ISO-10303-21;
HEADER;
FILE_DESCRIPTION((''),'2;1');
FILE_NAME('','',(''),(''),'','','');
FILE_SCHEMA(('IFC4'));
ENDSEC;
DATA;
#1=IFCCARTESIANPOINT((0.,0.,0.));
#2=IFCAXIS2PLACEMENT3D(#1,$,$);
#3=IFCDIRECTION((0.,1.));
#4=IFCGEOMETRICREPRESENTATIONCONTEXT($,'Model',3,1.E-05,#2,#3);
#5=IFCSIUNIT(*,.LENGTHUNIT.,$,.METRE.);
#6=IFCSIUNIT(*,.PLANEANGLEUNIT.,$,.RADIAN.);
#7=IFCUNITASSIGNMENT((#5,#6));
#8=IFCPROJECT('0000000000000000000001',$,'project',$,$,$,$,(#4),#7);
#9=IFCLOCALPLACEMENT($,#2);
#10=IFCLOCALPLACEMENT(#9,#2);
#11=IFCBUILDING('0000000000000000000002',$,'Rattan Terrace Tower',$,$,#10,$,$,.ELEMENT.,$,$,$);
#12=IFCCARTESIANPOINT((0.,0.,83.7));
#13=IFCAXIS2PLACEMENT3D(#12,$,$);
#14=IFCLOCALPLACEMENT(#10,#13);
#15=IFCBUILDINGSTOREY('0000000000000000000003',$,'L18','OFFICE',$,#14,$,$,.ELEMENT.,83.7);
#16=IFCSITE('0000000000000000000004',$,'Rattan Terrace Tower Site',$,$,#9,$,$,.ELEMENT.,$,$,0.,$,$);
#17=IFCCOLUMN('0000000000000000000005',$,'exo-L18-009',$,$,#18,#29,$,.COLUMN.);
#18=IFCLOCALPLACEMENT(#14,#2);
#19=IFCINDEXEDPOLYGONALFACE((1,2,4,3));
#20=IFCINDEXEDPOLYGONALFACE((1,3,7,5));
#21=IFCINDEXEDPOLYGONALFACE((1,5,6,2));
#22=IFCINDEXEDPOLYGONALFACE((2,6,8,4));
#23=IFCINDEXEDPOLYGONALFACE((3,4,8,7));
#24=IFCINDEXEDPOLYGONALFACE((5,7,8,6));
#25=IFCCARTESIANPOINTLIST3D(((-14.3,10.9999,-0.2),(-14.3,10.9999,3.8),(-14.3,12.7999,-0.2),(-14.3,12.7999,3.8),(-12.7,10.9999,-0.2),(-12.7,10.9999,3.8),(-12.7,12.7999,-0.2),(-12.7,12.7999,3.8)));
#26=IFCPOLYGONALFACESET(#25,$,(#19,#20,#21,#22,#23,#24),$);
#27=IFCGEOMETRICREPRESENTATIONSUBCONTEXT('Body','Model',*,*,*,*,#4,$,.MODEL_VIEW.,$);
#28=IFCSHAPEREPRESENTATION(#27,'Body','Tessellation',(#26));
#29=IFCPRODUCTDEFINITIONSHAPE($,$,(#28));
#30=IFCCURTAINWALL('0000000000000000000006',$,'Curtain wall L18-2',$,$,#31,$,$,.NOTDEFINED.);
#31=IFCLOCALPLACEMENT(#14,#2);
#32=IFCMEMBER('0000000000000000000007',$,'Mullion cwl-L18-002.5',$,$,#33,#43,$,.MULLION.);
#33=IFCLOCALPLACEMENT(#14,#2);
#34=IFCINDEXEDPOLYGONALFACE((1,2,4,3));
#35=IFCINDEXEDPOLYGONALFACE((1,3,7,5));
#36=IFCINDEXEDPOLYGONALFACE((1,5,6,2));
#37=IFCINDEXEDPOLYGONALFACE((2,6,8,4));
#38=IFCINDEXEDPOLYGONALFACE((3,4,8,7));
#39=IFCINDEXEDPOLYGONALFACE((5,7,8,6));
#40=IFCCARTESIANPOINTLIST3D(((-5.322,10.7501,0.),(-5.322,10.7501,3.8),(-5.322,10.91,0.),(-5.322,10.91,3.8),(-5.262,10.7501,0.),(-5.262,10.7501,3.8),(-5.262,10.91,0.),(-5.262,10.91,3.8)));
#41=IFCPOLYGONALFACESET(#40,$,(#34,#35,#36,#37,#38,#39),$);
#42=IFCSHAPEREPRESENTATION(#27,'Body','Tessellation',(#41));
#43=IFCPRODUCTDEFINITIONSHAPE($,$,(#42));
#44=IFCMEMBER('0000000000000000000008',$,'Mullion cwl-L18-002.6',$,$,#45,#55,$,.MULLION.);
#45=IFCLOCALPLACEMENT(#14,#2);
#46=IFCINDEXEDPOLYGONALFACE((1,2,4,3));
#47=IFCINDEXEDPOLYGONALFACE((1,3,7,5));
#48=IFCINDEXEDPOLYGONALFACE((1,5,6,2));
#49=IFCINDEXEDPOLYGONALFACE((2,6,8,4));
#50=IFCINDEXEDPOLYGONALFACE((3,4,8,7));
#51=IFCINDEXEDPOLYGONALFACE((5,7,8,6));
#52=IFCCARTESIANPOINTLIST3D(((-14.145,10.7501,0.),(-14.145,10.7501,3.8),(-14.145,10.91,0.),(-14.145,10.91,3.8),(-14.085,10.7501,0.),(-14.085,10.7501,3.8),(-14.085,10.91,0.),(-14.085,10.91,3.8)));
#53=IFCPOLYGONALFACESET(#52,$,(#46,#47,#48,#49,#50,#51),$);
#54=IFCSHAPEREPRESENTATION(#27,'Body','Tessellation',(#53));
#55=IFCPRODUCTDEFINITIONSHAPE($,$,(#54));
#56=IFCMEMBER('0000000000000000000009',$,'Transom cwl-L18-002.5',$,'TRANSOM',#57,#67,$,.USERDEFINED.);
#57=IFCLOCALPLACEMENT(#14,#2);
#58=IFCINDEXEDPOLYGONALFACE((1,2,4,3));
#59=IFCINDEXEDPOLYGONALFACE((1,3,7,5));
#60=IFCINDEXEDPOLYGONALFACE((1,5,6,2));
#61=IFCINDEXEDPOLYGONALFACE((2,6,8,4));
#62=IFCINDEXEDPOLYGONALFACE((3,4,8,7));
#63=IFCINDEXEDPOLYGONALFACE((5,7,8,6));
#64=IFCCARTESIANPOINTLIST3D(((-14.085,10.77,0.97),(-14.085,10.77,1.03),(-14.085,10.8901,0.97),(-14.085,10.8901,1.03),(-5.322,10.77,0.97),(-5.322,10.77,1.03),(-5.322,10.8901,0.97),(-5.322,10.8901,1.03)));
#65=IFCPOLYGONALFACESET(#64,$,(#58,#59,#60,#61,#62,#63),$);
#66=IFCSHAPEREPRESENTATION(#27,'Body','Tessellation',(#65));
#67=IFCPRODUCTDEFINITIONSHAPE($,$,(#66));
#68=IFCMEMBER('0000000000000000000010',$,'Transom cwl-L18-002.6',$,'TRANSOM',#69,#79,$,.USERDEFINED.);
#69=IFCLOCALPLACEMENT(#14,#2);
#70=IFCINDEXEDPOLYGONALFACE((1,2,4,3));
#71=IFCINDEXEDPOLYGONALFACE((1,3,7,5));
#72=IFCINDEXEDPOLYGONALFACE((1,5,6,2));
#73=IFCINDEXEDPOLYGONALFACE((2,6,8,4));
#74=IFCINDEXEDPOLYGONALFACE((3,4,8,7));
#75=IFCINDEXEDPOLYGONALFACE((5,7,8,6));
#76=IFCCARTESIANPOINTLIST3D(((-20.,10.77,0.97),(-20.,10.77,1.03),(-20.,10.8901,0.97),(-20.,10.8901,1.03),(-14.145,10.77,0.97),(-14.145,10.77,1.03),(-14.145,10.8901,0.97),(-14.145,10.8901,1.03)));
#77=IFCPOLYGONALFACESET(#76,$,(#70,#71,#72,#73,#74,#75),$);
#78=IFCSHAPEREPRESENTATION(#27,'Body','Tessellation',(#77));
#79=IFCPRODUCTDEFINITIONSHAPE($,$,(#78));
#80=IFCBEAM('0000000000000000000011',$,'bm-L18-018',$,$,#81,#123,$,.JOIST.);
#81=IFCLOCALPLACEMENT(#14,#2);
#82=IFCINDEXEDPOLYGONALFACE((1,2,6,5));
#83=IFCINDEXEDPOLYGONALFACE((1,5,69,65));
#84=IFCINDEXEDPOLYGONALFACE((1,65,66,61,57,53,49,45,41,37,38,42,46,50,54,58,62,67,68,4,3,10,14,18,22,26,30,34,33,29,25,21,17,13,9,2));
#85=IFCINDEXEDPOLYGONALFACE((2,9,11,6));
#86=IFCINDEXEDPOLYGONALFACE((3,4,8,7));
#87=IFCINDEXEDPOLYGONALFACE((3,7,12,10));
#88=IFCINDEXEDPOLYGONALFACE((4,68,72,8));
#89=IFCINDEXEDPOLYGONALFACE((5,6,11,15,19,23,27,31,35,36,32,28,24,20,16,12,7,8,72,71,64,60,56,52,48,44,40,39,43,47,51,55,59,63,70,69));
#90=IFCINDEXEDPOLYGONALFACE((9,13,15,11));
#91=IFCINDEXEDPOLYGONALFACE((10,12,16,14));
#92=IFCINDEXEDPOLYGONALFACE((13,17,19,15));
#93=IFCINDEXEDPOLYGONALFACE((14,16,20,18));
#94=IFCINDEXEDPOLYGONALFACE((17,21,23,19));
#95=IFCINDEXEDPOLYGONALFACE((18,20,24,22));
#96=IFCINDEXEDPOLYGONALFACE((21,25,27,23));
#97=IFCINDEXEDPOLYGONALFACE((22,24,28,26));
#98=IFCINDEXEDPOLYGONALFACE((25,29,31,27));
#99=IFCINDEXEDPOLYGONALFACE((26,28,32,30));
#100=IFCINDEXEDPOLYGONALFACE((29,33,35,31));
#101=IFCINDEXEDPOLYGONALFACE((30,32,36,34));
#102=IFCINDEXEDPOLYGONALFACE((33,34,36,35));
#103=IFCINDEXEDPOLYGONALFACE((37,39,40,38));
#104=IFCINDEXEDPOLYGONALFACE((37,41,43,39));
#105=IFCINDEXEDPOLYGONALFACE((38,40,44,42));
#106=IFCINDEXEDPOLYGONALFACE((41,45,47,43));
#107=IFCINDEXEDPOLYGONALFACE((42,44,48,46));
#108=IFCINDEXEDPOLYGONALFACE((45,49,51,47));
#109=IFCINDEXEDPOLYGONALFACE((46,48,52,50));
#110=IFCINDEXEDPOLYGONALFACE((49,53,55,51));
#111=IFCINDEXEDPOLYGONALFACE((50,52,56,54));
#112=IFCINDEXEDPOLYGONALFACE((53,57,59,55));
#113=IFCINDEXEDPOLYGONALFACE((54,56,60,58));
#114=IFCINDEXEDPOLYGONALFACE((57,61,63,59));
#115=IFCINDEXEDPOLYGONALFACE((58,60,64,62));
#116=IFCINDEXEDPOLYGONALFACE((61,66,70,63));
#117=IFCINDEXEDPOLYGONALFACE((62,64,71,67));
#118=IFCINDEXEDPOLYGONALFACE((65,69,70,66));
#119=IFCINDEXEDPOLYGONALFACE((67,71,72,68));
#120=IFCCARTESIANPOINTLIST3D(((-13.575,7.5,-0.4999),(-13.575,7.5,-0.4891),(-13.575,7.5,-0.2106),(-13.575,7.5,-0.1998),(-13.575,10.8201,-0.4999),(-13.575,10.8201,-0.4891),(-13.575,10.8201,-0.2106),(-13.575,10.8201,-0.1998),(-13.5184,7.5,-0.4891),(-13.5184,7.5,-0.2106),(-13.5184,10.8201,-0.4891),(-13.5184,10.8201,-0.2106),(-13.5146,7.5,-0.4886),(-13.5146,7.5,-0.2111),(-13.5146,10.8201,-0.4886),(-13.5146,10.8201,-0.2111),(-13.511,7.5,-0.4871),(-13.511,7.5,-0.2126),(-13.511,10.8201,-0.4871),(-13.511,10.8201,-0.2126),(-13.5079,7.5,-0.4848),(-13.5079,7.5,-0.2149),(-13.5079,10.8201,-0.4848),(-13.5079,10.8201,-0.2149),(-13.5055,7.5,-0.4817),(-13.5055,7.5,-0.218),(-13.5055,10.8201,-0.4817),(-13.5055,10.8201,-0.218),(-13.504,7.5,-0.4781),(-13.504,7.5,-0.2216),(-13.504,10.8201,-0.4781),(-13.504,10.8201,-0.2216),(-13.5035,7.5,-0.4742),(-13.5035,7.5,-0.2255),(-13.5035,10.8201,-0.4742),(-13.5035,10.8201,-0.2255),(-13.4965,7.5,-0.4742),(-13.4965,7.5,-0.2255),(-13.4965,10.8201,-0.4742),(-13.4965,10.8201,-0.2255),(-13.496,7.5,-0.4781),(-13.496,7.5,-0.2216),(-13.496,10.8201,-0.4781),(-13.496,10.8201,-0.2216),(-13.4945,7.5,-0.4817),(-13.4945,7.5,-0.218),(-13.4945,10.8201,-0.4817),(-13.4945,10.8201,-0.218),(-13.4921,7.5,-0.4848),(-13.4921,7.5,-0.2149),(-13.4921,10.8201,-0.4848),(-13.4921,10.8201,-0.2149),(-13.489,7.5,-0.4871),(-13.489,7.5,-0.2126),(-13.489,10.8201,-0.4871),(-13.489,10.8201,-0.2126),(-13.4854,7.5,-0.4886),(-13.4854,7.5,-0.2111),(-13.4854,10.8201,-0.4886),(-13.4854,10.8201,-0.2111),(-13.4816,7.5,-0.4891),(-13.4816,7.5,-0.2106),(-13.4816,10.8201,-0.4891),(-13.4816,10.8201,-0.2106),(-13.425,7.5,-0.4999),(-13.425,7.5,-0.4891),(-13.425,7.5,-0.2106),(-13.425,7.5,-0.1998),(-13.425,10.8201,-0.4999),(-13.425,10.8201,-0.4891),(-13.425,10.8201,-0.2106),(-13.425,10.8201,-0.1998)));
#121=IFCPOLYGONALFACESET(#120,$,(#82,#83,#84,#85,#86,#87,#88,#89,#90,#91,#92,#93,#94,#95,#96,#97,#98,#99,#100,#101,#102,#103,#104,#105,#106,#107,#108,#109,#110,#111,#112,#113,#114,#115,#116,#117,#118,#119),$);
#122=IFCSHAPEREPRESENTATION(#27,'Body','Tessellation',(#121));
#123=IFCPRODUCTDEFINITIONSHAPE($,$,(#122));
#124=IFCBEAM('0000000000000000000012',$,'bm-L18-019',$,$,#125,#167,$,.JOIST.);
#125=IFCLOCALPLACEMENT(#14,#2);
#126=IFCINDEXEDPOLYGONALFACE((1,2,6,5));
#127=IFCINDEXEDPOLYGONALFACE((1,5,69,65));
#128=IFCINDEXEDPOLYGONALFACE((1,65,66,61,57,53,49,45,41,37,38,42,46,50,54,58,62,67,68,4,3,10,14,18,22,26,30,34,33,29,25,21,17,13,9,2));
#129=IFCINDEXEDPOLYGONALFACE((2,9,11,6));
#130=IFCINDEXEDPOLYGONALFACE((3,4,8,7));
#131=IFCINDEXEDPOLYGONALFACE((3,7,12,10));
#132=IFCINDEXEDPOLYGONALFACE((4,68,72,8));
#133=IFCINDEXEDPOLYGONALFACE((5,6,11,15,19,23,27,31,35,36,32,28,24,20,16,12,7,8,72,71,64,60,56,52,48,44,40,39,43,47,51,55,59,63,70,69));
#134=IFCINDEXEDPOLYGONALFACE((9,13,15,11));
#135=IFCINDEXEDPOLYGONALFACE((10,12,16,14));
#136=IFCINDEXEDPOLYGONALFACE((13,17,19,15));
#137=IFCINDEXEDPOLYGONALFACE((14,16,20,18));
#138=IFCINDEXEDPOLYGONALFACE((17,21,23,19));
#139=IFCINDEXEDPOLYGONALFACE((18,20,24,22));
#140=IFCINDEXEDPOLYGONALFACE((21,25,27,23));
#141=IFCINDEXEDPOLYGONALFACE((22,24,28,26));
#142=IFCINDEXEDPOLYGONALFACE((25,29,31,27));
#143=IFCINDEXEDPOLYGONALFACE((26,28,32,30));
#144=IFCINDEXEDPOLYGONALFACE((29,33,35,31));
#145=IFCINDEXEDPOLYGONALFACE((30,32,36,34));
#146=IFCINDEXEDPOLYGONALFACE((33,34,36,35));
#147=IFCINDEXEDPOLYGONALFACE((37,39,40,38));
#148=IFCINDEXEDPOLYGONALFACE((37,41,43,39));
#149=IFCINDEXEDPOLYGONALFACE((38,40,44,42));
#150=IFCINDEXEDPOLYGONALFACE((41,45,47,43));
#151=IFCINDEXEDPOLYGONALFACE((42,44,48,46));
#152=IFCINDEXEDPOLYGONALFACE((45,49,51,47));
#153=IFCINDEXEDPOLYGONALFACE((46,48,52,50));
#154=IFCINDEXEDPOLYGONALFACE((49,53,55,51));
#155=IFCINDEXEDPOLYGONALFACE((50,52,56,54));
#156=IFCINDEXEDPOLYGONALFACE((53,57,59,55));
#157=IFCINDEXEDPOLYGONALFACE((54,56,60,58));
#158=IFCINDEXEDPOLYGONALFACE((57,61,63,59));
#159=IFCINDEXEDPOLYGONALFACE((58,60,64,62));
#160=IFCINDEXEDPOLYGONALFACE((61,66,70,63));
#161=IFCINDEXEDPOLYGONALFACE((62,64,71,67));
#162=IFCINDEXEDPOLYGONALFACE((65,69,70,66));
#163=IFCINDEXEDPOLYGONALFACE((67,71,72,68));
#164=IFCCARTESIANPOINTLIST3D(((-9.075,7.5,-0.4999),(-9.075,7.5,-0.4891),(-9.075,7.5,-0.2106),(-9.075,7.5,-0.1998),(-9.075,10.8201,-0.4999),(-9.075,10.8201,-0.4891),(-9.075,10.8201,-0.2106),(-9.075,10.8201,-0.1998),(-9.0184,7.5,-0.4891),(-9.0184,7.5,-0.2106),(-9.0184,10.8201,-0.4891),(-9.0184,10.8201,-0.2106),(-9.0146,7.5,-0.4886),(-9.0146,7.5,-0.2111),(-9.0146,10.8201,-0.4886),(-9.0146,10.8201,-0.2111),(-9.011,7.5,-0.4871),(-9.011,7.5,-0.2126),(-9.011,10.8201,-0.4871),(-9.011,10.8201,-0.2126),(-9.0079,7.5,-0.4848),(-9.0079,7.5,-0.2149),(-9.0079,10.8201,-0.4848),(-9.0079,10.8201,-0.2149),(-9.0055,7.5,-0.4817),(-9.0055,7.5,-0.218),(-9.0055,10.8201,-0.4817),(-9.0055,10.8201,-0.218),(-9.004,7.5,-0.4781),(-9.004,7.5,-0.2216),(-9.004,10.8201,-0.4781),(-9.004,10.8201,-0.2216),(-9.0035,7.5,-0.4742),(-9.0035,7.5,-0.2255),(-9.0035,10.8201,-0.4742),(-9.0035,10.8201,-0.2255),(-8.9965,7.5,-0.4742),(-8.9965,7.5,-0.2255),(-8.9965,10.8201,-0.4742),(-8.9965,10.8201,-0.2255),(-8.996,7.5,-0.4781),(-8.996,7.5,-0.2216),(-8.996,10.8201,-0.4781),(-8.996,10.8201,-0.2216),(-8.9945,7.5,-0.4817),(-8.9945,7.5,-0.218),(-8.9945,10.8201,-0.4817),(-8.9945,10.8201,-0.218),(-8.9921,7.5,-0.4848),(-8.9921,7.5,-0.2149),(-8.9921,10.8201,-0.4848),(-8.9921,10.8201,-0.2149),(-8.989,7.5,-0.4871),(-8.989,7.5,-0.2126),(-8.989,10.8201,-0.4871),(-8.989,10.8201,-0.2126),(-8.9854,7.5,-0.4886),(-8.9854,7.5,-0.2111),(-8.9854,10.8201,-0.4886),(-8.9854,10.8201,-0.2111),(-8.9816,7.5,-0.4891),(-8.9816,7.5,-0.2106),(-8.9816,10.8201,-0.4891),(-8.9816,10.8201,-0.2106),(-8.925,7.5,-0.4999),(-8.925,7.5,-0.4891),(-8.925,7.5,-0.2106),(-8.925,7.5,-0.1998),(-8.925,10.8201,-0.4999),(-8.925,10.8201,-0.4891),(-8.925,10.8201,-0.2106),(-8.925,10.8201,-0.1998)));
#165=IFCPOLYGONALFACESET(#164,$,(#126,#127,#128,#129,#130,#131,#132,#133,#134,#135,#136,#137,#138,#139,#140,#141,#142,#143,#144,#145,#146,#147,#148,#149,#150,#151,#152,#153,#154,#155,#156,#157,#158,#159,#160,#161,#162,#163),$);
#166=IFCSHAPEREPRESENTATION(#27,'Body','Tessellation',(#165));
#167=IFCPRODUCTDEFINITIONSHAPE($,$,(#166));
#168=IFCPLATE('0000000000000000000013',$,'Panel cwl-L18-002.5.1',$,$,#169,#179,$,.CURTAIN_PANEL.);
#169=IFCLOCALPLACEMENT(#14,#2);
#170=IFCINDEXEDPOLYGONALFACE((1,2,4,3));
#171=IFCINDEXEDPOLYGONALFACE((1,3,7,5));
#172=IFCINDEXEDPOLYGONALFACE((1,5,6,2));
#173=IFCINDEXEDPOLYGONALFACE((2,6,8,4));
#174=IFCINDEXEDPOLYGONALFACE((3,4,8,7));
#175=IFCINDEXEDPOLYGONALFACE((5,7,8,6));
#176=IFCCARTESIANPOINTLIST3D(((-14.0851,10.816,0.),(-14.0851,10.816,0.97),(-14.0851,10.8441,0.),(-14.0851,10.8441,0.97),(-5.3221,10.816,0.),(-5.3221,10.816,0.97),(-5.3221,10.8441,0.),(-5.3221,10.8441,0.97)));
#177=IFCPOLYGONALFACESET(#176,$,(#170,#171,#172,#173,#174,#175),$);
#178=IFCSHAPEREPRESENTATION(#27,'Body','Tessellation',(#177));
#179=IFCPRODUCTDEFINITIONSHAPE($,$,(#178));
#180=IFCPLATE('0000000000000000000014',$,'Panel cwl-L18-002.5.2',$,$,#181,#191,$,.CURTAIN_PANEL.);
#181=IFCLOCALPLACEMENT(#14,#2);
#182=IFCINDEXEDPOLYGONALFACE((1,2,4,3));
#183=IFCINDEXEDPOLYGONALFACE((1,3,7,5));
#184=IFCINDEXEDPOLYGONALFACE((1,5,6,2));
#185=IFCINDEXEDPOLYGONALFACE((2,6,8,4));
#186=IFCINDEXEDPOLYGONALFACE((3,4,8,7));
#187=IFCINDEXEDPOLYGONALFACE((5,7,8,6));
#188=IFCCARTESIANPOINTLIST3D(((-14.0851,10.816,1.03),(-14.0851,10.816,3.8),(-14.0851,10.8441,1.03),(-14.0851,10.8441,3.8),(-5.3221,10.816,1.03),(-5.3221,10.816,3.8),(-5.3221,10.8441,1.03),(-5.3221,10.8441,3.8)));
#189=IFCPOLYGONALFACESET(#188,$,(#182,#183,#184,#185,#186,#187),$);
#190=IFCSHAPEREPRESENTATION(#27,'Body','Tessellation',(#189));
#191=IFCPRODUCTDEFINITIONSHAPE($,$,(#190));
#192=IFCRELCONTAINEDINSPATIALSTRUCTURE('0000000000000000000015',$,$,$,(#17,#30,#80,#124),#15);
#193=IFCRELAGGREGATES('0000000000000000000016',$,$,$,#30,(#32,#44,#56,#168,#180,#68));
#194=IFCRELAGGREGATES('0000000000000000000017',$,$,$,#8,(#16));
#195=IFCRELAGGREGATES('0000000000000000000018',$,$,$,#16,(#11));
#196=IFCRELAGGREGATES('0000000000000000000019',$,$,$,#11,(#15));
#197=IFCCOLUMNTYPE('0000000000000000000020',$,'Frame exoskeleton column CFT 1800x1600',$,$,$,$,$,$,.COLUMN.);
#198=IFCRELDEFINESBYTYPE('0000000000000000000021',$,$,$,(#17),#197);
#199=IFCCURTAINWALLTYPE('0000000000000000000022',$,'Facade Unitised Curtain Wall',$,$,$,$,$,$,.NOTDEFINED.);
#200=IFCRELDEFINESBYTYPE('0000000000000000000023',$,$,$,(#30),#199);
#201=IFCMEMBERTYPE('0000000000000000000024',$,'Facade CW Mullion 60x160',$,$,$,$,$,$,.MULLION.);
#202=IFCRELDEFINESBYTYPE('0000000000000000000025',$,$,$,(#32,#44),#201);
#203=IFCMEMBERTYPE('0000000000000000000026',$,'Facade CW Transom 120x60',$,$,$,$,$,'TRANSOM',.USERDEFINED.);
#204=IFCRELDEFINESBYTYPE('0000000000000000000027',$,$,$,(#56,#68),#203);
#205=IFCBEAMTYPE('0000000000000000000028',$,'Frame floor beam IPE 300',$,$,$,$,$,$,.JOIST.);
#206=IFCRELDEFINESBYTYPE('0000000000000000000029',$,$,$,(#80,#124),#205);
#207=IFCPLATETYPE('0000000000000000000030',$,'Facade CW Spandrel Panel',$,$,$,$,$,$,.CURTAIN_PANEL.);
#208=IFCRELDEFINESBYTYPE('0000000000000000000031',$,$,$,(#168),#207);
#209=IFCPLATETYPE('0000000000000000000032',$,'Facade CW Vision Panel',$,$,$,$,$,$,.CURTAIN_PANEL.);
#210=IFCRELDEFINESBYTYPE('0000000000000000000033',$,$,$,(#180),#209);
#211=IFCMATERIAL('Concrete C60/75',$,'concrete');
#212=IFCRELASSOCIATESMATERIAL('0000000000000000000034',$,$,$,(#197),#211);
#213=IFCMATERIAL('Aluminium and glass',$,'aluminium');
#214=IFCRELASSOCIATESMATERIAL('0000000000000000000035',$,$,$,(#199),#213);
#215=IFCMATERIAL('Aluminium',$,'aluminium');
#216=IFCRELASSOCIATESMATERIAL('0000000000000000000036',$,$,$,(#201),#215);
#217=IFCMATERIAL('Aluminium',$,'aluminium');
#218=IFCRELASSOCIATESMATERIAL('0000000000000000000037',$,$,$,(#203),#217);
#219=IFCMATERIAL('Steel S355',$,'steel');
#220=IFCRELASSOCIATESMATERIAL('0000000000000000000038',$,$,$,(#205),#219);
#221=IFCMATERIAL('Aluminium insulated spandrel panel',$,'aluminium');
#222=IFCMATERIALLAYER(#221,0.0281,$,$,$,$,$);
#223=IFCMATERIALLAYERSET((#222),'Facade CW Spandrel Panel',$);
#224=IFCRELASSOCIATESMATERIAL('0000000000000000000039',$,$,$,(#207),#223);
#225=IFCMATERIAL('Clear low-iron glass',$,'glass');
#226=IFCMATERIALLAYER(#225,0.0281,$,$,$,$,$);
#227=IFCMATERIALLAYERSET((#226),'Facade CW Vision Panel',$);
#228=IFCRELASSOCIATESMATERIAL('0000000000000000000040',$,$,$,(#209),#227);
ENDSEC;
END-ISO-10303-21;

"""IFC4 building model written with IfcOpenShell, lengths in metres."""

from ifc_helpers import new_model, si_unit, direction, frame, origin, origin_2d, place, context, subcontext, project, spatial, rectangle, i_section, extrude, material, layer, layer_set, material_profile, profile_set, type_object, element, aggregate, save


model = new_model("IFC4")

# Units and contexts
model_context = context("Model", 3, precision=1e-05, world=origin(), true_north=direction((0.0, 1.0)))
body_context = subcontext(model_context, "Body", "Model", "MODEL_VIEW")
ifc_project = project(units=[si_unit("LENGTHUNIT", "METRE"), si_unit("PLANEANGLEUNIT", "RADIAN")], contexts=[model_context])

# Site, building, storey
site_placement = place(None, origin())
site = spatial("IfcSite", under=ifc_project, at=site_placement, Name="Rattan Terrace Tower Site", CompositionType="ELEMENT", RefElevation=0.0)
building_placement = place(site_placement, origin())
building = spatial("IfcBuilding", under=site, at=building_placement, Name="Rattan Terrace Tower", CompositionType="ELEMENT")
storey_placement = place(building_placement, frame((0.0, 0.0, 83.7)))
storey = spatial("IfcBuildingStorey", under=building, at=storey_placement, Name="L18", Description="OFFICE", CompositionType="ELEMENT", Elevation=83.7)

# Column
ifc_material_1 = material(Name="Concrete C60/75", Category="concrete")
ifc_material_profile_1 = material_profile(ifc_material_1, rectangle(XDim=1.6001, YDim=1.8, at=origin_2d()), Name="CFT 1800x1600")
ifc_profile_set_1 = profile_set([ifc_material_profile_1], Name="Concrete C60/75")
column_type = type_object("IfcColumnType", Name="Frame exoskeleton column CFT 1800x1600", PredefinedType="COLUMN", material=ifc_profile_set_1)
column_placement = place(storey_placement, frame((-13.5, 11.8999, -0.2), z_axis=(0.0, 0.0, 1.0), x_axis=(1.0, 0.0, 0.0)))
element("IfcColumn", 1, at=column_placement, inside=storey, type_object=column_type, Name="exo-L18-009", PredefinedType="COLUMN", context=body_context, shape_type="SweptSolid", body=[
    extrude(rectangle(XDim=1.6001, YDim=1.8, at=origin_2d()), origin(), (0.0, 0.0, 1.0), 4.0),
])

# Curtain wall, members
ifc_material_2 = material(Name="Aluminium and glass", Category="aluminium")
curtain_wall_type = type_object("IfcCurtainWallType", Name="Facade Unitised Curtain Wall", PredefinedType="NOTDEFINED", material=ifc_material_2)
curtain_wall_placement = place(storey_placement, origin())
curtain_wall = element("IfcCurtainWall", 2, at=curtain_wall_placement, inside=storey, type_object=curtain_wall_type, Name="Curtain wall L18-2", PredefinedType="NOTDEFINED")
ifc_material_3 = material(Name="Aluminium", Category="aluminium")
ifc_material_profile_2 = material_profile(ifc_material_3, rectangle(XDim=0.0601, YDim=0.1599, at=origin_2d()), Name="Aluminium 60x160")
ifc_profile_set_2 = profile_set([ifc_material_profile_2], Name="Aluminium")
member_type_1 = type_object("IfcMemberType", Name="Facade CW Mullion 60x160", PredefinedType="MULLION", material=ifc_profile_set_2)
member_1_placement = place(storey_placement, frame((-5.292, 10.8301, 0.0), z_axis=(0.0, 0.0, 1.0), x_axis=(-1.0, 0.0, 0.0)))
member_1 = element("IfcMember", 3, at=member_1_placement, type_object=member_type_1, Name="Mullion cwl-L18-002.5", PredefinedType="MULLION", context=body_context, shape_type="SweptSolid", body=[
    extrude(rectangle(XDim=0.0601, YDim=0.1599, at=origin_2d()), origin(), (0.0, 0.0, 1.0), 3.8),
])
member_2_placement = place(storey_placement, frame((-14.115, 10.8301, 0.0), z_axis=(0.0, 0.0, 1.0), x_axis=(-1.0, 0.0, 0.0)))
member_2 = element("IfcMember", 4, at=member_2_placement, type_object=member_type_1, Name="Mullion cwl-L18-002.6", PredefinedType="MULLION", context=body_context, shape_type="SweptSolid", body=[
    extrude(rectangle(XDim=0.0601, YDim=0.1599, at=origin_2d()), origin(), (0.0, 0.0, 1.0), 3.8),
])
ifc_material_4 = material(Name="Aluminium", Category="aluminium")
ifc_material_profile_3 = material_profile(ifc_material_4, rectangle(XDim=0.1201, YDim=0.0601, at=origin_2d()), Name="Aluminium 120x60")
ifc_profile_set_3 = profile_set([ifc_material_profile_3], Name="Aluminium")
member_type_2 = type_object("IfcMemberType", Name="Facade CW Transom 120x60", ElementType="TRANSOM", PredefinedType="USERDEFINED", material=ifc_profile_set_3)
member_3_placement = place(storey_placement, frame((-5.322, 10.8301, 1.0), z_axis=(-1.0, 0.0, 0.0), x_axis=(0.0, -1.0, 0.0)))
member_3 = element("IfcMember", 5, at=member_3_placement, type_object=member_type_2, Name="Transom cwl-L18-002.5", ObjectType="TRANSOM", PredefinedType="USERDEFINED", context=body_context, shape_type="SweptSolid", body=[
    extrude(rectangle(XDim=0.1201, YDim=0.0601, at=origin_2d()), origin(), (0.0, 0.0, 1.0), 8.7629),
])
member_4_placement = place(storey_placement, frame((-14.145, 10.8301, 1.0), z_axis=(-1.0, 0.0, 0.0), x_axis=(0.0, -1.0, 0.0)))
member_4 = element("IfcMember", 6, at=member_4_placement, type_object=member_type_2, Name="Transom cwl-L18-002.6", ObjectType="TRANSOM", PredefinedType="USERDEFINED", context=body_context, shape_type="SweptSolid", body=[
    extrude(rectangle(XDim=0.1201, YDim=0.0601, at=origin_2d()), origin(), (0.0, 0.0, 1.0), 5.855),
])

# Beams
ifc_material_5 = material(Name="Steel S355", Category="steel")
ifc_material_profile_4 = material_profile(ifc_material_5, i_section(OverallWidth=0.1499, OverallDepth=0.3, WebThickness=0.0071, FlangeThickness=0.0107, FilletRadius=0.0149, at=origin_2d()), Name="IPE 300")
ifc_profile_set_4 = profile_set([ifc_material_profile_4], Name="Steel S355")
beam_type = type_object("IfcBeamType", Name="Frame floor beam IPE 300", PredefinedType="JOIST", material=ifc_profile_set_4)
for number, where, z_axis, x_axis, name in (
    (7, (-13.5, 7.5, -0.3499), (0.0, 1.0, 0.0), (-1.0, 0.0, 0.0), "bm-L18-018"),
    (8, (-9.0, 7.5, -0.3499), (0.0, 1.0, 0.0), (-1.0, 0.0, 0.0), "bm-L18-019"),
):
    element("IfcBeam", number, at=place(storey_placement, frame(where, z_axis=z_axis, x_axis=x_axis)), inside=storey, type_object=beam_type, Name=name, PredefinedType="JOIST", context=body_context, shape_type="SweptSolid", body=[
        extrude(i_section(OverallWidth=0.1499, OverallDepth=0.3, WebThickness=0.0071, FlangeThickness=0.0107, FilletRadius=0.0149, at=origin_2d()), origin(), (0.0, 0.0, 1.0), 3.3201),
    ])

# Plates
ifc_material_6 = material(Name="Aluminium insulated spandrel panel", Category="aluminium")
ifc_layer_1 = layer(ifc_material_6, 0.0281)
ifc_layer_set_1 = layer_set([ifc_layer_1], Name="Facade CW Spandrel Panel")
plate_type_1 = type_object("IfcPlateType", Name="Facade CW Spandrel Panel", PredefinedType="CURTAIN_PANEL", material=ifc_layer_set_1)
plate_1_placement = place(storey_placement, frame((-9.7036, 10.8301, 0.0), z_axis=(0.0, 0.0, 1.0), x_axis=(-1.0, 0.0, 0.0)))
plate_1 = element("IfcPlate", 9, at=plate_1_placement, type_object=plate_type_1, Name="Panel cwl-L18-002.5.1", PredefinedType="CURTAIN_PANEL", context=body_context, shape_type="SweptSolid", body=[
    extrude(rectangle(XDim=8.7629, YDim=0.0281, at=origin_2d()), origin(), (0.0, 0.0, 1.0), 0.97),
])
ifc_material_7 = material(Name="Clear low-iron glass", Category="glass")
ifc_layer_2 = layer(ifc_material_7, 0.0281)
ifc_layer_set_2 = layer_set([ifc_layer_2], Name="Facade CW Vision Panel")
plate_type_2 = type_object("IfcPlateType", Name="Facade CW Vision Panel", PredefinedType="CURTAIN_PANEL", material=ifc_layer_set_2)
plate_2_placement = place(storey_placement, frame((-9.7036, 10.8301, 1.03), z_axis=(0.0, 0.0, 1.0), x_axis=(-1.0, 0.0, 0.0)))
plate_2 = element("IfcPlate", 10, at=plate_2_placement, type_object=plate_type_2, Name="Panel cwl-L18-002.5.2", PredefinedType="CURTAIN_PANEL", context=body_context, shape_type="SweptSolid", body=[
    extrude(rectangle(XDim=8.7629, YDim=0.0281, at=origin_2d()), origin(), (0.0, 0.0, 1.0), 2.77),
])
aggregate(curtain_wall, [member_1, member_2, member_3, plate_1, plate_2, member_4])

save(model, "model.ifc")
